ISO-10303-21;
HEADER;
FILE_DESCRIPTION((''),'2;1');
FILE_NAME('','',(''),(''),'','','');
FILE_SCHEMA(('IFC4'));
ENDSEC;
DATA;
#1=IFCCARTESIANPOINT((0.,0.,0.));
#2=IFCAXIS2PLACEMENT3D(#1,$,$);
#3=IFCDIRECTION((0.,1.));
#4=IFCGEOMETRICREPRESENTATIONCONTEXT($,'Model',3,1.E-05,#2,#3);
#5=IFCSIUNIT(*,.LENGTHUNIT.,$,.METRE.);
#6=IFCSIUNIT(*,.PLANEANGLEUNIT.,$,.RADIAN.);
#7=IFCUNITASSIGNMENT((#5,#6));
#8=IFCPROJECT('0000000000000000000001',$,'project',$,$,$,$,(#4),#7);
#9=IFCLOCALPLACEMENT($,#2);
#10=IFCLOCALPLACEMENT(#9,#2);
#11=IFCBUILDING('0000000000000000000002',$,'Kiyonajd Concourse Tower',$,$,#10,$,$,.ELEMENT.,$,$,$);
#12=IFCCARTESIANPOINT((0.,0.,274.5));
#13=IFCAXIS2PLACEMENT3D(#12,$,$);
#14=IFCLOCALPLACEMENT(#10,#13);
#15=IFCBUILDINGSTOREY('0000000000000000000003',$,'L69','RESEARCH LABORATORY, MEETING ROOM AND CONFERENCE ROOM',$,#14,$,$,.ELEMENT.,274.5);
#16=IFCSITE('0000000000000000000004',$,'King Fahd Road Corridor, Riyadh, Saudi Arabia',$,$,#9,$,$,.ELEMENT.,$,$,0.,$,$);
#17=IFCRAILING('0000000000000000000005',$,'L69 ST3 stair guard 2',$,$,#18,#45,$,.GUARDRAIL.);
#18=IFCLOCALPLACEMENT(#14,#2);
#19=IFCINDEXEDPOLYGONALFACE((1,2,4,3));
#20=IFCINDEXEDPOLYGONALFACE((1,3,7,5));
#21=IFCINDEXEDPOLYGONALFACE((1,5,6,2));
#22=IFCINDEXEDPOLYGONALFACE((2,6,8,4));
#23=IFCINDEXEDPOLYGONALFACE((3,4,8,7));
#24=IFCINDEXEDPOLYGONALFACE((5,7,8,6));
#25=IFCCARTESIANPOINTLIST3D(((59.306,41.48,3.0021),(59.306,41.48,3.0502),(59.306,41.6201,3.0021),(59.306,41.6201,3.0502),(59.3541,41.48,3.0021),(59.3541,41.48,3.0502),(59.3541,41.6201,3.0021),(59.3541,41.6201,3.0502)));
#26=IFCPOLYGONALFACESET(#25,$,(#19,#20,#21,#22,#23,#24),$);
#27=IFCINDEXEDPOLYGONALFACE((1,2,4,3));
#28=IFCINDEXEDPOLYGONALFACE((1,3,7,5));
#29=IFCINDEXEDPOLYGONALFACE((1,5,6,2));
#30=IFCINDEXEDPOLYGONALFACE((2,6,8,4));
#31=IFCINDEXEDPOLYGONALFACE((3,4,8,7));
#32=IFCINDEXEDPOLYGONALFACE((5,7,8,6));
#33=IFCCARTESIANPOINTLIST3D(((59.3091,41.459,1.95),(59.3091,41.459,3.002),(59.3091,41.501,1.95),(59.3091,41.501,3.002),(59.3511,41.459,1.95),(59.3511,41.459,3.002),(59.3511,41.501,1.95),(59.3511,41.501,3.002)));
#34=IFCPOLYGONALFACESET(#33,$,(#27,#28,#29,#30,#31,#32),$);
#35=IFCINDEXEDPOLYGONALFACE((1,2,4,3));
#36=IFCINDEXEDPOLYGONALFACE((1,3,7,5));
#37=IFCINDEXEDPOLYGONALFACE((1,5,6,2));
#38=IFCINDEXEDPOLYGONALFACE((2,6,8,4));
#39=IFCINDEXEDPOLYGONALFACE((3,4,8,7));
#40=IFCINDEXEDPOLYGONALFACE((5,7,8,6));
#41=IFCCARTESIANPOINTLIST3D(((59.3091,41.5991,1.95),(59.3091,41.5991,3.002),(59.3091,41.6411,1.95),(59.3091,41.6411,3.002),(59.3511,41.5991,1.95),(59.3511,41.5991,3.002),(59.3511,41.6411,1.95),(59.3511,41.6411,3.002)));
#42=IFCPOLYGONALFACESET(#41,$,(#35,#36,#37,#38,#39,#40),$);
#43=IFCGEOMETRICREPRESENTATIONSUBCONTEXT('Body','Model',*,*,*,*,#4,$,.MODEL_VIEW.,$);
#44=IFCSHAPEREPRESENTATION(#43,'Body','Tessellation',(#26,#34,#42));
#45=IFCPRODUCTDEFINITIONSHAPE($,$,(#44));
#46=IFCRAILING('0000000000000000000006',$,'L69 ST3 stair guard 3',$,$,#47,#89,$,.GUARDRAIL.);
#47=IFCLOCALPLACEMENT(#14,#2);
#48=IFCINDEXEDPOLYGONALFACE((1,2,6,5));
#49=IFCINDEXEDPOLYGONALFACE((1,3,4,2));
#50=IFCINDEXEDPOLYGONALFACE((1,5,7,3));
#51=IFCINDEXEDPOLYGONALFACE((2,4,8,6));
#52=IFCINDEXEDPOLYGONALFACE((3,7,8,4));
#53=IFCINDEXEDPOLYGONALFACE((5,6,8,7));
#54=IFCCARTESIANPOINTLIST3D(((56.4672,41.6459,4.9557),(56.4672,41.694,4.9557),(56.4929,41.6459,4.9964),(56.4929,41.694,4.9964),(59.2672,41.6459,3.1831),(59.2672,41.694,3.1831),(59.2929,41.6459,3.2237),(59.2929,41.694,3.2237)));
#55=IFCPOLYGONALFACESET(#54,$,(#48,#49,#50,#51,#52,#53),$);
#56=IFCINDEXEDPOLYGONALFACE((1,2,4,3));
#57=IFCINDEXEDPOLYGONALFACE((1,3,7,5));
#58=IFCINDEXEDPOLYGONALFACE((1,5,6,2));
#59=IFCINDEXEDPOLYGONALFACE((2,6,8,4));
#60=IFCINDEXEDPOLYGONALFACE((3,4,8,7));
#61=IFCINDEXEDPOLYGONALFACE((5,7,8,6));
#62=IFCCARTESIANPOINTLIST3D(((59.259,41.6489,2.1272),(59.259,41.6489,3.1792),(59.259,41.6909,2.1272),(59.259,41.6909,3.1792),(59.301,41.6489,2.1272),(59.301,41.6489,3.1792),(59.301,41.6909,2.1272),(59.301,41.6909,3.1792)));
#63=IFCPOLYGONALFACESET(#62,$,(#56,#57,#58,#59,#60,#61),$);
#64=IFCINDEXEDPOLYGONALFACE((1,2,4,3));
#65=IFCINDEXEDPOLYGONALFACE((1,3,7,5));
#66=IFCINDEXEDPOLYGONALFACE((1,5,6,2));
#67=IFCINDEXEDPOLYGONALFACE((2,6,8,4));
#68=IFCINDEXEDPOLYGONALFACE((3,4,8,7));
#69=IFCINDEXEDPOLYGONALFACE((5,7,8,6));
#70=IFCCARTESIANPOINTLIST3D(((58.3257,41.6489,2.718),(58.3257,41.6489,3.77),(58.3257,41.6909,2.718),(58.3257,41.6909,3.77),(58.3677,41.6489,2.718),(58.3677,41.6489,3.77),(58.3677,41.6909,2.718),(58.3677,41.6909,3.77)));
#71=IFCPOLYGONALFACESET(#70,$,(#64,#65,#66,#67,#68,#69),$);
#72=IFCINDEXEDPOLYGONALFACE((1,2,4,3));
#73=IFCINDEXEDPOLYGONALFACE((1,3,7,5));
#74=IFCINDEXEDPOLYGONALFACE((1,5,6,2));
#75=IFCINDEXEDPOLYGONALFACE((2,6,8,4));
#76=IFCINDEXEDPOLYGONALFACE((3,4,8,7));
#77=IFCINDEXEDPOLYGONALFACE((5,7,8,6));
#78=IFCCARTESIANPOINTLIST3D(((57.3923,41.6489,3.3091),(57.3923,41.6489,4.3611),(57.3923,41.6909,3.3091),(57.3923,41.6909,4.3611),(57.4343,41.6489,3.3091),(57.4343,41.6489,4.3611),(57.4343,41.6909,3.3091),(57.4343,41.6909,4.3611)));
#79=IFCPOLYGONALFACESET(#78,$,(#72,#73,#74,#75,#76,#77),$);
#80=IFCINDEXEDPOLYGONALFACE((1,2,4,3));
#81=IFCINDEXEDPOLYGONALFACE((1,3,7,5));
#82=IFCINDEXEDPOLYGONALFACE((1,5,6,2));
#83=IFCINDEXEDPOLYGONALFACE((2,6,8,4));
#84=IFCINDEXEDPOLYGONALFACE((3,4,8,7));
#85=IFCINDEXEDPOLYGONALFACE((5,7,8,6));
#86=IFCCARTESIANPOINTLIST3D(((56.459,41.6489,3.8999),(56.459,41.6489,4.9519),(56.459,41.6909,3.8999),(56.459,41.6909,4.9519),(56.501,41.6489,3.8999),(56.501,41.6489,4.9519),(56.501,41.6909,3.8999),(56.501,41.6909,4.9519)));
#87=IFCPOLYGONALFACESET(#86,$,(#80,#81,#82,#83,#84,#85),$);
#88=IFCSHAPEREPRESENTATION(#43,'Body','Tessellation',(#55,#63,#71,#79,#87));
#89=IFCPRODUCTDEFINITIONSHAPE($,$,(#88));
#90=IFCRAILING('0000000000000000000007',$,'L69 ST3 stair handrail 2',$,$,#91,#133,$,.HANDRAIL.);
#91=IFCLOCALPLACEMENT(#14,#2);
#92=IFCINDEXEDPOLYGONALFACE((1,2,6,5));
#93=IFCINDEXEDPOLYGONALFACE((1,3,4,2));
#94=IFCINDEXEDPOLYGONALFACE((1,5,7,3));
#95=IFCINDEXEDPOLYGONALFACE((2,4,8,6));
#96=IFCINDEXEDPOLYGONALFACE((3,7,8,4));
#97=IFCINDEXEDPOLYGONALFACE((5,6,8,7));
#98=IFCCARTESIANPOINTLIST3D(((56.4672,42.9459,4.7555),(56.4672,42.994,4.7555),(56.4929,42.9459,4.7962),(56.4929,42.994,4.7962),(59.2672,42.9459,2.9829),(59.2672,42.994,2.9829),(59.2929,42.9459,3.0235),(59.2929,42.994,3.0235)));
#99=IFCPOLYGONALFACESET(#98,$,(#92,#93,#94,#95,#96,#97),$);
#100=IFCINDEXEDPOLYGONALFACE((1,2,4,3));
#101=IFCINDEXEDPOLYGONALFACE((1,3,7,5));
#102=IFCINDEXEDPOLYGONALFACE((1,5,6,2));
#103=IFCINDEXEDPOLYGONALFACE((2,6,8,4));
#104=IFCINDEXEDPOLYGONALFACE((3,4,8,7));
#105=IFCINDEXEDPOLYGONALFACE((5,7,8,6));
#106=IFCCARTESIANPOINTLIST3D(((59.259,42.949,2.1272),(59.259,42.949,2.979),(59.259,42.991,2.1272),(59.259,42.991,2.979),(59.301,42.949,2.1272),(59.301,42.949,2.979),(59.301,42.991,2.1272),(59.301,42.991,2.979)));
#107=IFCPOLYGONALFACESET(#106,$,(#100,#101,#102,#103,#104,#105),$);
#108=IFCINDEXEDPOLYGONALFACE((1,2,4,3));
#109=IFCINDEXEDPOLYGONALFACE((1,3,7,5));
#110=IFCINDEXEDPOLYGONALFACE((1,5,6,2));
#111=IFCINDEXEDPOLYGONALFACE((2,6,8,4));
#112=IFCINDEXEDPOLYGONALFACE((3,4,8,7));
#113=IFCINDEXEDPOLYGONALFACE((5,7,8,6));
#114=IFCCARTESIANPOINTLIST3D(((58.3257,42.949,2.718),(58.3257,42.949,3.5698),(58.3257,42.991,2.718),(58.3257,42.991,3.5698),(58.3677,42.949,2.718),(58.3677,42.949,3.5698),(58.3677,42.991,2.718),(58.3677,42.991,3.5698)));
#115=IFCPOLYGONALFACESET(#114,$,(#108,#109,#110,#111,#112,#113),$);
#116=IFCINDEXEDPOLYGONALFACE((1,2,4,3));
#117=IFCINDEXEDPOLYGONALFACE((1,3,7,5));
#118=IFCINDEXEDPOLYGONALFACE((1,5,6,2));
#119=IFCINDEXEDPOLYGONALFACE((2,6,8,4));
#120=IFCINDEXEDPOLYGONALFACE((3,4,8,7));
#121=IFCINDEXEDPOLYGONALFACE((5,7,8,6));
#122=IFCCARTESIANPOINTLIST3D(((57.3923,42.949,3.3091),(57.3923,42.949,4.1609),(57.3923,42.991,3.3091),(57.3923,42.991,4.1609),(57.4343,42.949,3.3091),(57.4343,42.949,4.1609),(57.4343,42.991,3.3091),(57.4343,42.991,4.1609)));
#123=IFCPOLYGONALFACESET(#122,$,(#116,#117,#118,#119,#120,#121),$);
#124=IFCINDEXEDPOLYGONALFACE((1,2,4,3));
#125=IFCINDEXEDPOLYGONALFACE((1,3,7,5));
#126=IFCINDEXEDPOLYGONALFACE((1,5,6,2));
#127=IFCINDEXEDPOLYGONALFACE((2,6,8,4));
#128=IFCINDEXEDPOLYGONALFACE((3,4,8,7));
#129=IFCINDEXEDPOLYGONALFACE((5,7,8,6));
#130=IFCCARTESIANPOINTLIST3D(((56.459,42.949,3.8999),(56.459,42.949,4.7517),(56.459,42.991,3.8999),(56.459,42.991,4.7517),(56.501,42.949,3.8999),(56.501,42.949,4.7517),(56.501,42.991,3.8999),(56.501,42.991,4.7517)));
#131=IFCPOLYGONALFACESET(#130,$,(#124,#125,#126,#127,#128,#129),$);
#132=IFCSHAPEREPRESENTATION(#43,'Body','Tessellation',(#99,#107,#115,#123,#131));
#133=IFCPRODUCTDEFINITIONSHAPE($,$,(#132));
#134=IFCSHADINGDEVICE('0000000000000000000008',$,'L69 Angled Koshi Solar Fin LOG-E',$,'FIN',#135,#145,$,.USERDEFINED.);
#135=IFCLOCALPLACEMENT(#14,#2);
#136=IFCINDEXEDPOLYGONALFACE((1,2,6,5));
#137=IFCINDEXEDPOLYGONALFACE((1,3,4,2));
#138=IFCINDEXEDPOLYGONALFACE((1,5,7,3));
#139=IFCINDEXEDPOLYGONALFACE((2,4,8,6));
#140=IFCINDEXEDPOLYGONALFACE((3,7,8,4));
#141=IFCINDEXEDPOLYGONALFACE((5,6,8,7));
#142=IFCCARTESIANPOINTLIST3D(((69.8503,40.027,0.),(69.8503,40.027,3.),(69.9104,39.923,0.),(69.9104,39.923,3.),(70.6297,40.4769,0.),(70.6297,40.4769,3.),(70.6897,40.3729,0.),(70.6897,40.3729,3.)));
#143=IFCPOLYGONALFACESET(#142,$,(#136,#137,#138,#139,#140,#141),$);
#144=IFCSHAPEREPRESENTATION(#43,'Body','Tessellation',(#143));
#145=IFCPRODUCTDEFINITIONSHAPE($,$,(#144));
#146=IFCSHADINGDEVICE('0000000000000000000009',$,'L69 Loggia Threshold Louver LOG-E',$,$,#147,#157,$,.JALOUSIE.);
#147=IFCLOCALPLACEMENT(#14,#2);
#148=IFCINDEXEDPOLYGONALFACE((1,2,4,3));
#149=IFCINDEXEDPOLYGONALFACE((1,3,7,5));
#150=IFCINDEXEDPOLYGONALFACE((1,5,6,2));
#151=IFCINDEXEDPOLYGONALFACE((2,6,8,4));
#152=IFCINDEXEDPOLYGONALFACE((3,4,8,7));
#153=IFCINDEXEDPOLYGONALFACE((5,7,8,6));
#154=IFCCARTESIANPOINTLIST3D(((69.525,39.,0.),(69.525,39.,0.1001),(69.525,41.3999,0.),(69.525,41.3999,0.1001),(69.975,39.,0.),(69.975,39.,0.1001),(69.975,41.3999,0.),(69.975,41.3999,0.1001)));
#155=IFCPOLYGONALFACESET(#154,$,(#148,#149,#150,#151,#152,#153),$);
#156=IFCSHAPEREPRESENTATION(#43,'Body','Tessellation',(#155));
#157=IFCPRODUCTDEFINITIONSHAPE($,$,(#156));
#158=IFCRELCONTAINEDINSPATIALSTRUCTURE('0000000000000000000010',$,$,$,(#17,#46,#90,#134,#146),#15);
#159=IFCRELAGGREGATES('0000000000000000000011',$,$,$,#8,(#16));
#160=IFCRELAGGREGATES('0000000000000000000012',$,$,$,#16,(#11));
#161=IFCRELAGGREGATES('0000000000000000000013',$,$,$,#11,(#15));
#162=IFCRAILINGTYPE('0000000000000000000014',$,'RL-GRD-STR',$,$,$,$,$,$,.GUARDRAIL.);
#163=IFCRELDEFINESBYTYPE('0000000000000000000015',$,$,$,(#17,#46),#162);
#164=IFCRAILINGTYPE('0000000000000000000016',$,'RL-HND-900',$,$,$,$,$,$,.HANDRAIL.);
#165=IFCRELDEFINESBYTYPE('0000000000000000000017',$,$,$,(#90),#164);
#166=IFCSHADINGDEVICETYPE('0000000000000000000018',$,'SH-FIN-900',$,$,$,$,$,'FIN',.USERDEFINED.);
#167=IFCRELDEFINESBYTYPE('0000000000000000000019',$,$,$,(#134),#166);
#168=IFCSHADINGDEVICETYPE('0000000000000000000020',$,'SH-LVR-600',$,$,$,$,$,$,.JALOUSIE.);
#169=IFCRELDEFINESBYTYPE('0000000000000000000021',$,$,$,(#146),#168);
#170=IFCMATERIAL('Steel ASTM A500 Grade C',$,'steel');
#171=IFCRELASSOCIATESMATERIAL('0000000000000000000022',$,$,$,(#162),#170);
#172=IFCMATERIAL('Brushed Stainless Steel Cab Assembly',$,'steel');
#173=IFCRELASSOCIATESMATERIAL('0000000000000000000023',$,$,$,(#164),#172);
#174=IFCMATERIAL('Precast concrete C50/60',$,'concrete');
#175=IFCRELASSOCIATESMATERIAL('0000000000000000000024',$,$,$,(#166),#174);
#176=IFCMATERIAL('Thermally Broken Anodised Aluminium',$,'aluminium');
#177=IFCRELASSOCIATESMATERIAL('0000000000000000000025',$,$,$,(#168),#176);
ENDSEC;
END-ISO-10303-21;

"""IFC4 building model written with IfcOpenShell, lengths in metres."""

from ifc_helpers import new_model, si_unit, direction, frame, origin, origin_2d, place, context, subcontext, project, spatial, rectangle, extrude, material, type_object, element, save


model = new_model("IFC4")

# Units and contexts
model_context = context("Model", 3, precision=1e-05, world=origin(), true_north=direction((0.0, 1.0)))
body_context = subcontext(model_context, "Body", "Model", "MODEL_VIEW")
ifc_project = project(units=[si_unit("LENGTHUNIT", "METRE"), si_unit("PLANEANGLEUNIT", "RADIAN")], contexts=[model_context])

# Site, building, storey
site_placement = place(None, origin())
site = spatial("IfcSite", under=ifc_project, at=site_placement, Name="King Fahd Road Corridor, Riyadh, Saudi Arabia", CompositionType="ELEMENT", RefElevation=0.0)
building_placement = place(site_placement, origin())
building = spatial("IfcBuilding", under=site, at=building_placement, Name="Kiyonajd Concourse Tower", CompositionType="ELEMENT")
storey_placement = place(building_placement, frame((0.0, 0.0, 274.5)))
storey = spatial("IfcBuildingStorey", under=building, at=storey_placement, Name="L69", Description="RESEARCH LABORATORY, MEETING ROOM AND CONFERENCE ROOM", CompositionType="ELEMENT", Elevation=274.5)

# Shared definitions
ifc_material_1 = material(Name="Thermally Broken Anodised Aluminium", Category="aluminium")

# Shared definitions
ifc_material_2 = material(Name="Precast concrete C50/60", Category="concrete")

# Railings
ifc_material_3 = material(Name="Steel ASTM A500 Grade C", Category="steel")
railing_type_1 = type_object("IfcRailingType", Name="RL-GRD-STR", PredefinedType="GUARDRAIL", material=ifc_material_3)
railing_1_placement = place(storey_placement, frame((59.3301, 41.48, 1.95)))
element("IfcRailing", 1, at=railing_1_placement, inside=storey, type_object=railing_type_1, Name="L69 ST3 stair guard 2", PredefinedType="GUARDRAIL", context=body_context, shape_type="SweptSolid", body=[
    extrude(rectangle(XDim=0.0481, YDim=0.0481, at=origin_2d()), frame((0.0, 0.0, 1.0762), z_axis=(0.0, 1.0, 0.0), x_axis=(-1.0, 0.0, 0.0)), (0.0, 0.0, 1.0), 0.1401),
    extrude(rectangle(XDim=0.042, YDim=0.042, at=origin_2d()), origin(), (0.0, 0.0, 1.0), 1.052),
    extrude(rectangle(XDim=0.042, YDim=0.042, at=origin_2d()), frame((0.0, 0.1401, 0.0)), (0.0, 0.0, 1.0), 1.052),
])
railing_2_placement = place(storey_placement, frame((59.28, 41.6699, 2.1272)))
element("IfcRailing", 2, at=railing_2_placement, inside=storey, type_object=railing_type_1, Name="L69 ST3 stair guard 3", PredefinedType="GUARDRAIL", context=body_context, shape_type="SweptSolid", body=[
    extrude(rectangle(XDim=0.0481, YDim=0.0481, at=origin_2d()), frame((0.0, 0.0, 1.0762), z_axis=(-0.844909, 0.0, 0.53491), x_axis=(0.0, -1.0, 0.0)), (0.0, 0.0, 1.0), 3.314),
    extrude(rectangle(XDim=0.042, YDim=0.042, at=origin_2d()), origin(), (0.0, 0.0, 1.0), 1.052),
    extrude(rectangle(XDim=0.042, YDim=0.042, at=origin_2d()), frame((-0.9333, 0.0, 0.5908)), (0.0, 0.0, 1.0), 1.052),
    extrude(rectangle(XDim=0.042, YDim=0.042, at=origin_2d()), frame((-1.8667, 0.0, 1.1819)), (0.0, 0.0, 1.0), 1.052),
    extrude(rectangle(XDim=0.042, YDim=0.042, at=origin_2d()), frame((-2.8, 0.0, 1.7727)), (0.0, 0.0, 1.0), 1.052),
])
ifc_material_4 = material(Name="Brushed Stainless Steel Cab Assembly", Category="steel")
railing_type_2 = type_object("IfcRailingType", Name="RL-HND-900", PredefinedType="HANDRAIL", material=ifc_material_4)
railing_3_placement = place(storey_placement, frame((59.28, 42.97, 2.1272)))
element("IfcRailing", 3, at=railing_3_placement, inside=storey, type_object=railing_type_2, Name="L69 ST3 stair handrail 2", PredefinedType="HANDRAIL", context=body_context, shape_type="SweptSolid", body=[
    extrude(rectangle(XDim=0.0481, YDim=0.0481, at=origin_2d()), frame((0.0, 0.0, 0.876), z_axis=(-0.844909, 0.0, 0.53491), x_axis=(0.0, -1.0, 0.0)), (0.0, 0.0, 1.0), 3.314),
    extrude(rectangle(XDim=0.042, YDim=0.042, at=origin_2d()), origin(), (0.0, 0.0, 1.0), 0.8518),
    extrude(rectangle(XDim=0.042, YDim=0.042, at=origin_2d()), frame((-0.9333, 0.0, 0.5908)), (0.0, 0.0, 1.0), 0.8518),
    extrude(rectangle(XDim=0.042, YDim=0.042, at=origin_2d()), frame((-1.8667, 0.0, 1.1819)), (0.0, 0.0, 1.0), 0.8518),
    extrude(rectangle(XDim=0.042, YDim=0.042, at=origin_2d()), frame((-2.8, 0.0, 1.7727)), (0.0, 0.0, 1.0), 0.8518),
])

# Shading devices
shading_device_type_1 = type_object("IfcShadingDeviceType", Name="SH-FIN-900", ElementType="FIN", PredefinedType="USERDEFINED", material=ifc_material_2)
shading_device_1_placement = place(storey_placement, frame((70.27, 40.2, 0.0), z_axis=(0.0, 0.0, 1.0), x_axis=(0.866025, 0.5, 0.0)))
element("IfcShadingDevice", 4, at=shading_device_1_placement, inside=storey, type_object=shading_device_type_1, Name="L69 Angled Koshi Solar Fin LOG-E", ObjectType="FIN", PredefinedType="USERDEFINED", context=body_context, shape_type="SweptSolid", body=[
    extrude(rectangle(XDim=0.8999, YDim=0.1201, at=origin_2d()), origin(), (0.0, 0.0, 1.0), 3.0),
])
shading_device_type_2 = type_object("IfcShadingDeviceType", Name="SH-LVR-600", PredefinedType="JALOUSIE", material=ifc_material_1)
shading_device_2_placement = place(storey_placement, frame((69.75, 40.2, 0.0), z_axis=(0.0, 0.0, 1.0), x_axis=(0.0, 1.0, 0.0)))
element("IfcShadingDevice", 5, at=shading_device_2_placement, inside=storey, type_object=shading_device_type_2, Name="L69 Loggia Threshold Louver LOG-E", PredefinedType="JALOUSIE", context=body_context, shape_type="SweptSolid", body=[
    extrude(rectangle(XDim=2.3999, YDim=0.45, at=origin_2d()), origin(), (0.0, 0.0, 1.0), 0.1001),
])

save(model, "model.ifc")
